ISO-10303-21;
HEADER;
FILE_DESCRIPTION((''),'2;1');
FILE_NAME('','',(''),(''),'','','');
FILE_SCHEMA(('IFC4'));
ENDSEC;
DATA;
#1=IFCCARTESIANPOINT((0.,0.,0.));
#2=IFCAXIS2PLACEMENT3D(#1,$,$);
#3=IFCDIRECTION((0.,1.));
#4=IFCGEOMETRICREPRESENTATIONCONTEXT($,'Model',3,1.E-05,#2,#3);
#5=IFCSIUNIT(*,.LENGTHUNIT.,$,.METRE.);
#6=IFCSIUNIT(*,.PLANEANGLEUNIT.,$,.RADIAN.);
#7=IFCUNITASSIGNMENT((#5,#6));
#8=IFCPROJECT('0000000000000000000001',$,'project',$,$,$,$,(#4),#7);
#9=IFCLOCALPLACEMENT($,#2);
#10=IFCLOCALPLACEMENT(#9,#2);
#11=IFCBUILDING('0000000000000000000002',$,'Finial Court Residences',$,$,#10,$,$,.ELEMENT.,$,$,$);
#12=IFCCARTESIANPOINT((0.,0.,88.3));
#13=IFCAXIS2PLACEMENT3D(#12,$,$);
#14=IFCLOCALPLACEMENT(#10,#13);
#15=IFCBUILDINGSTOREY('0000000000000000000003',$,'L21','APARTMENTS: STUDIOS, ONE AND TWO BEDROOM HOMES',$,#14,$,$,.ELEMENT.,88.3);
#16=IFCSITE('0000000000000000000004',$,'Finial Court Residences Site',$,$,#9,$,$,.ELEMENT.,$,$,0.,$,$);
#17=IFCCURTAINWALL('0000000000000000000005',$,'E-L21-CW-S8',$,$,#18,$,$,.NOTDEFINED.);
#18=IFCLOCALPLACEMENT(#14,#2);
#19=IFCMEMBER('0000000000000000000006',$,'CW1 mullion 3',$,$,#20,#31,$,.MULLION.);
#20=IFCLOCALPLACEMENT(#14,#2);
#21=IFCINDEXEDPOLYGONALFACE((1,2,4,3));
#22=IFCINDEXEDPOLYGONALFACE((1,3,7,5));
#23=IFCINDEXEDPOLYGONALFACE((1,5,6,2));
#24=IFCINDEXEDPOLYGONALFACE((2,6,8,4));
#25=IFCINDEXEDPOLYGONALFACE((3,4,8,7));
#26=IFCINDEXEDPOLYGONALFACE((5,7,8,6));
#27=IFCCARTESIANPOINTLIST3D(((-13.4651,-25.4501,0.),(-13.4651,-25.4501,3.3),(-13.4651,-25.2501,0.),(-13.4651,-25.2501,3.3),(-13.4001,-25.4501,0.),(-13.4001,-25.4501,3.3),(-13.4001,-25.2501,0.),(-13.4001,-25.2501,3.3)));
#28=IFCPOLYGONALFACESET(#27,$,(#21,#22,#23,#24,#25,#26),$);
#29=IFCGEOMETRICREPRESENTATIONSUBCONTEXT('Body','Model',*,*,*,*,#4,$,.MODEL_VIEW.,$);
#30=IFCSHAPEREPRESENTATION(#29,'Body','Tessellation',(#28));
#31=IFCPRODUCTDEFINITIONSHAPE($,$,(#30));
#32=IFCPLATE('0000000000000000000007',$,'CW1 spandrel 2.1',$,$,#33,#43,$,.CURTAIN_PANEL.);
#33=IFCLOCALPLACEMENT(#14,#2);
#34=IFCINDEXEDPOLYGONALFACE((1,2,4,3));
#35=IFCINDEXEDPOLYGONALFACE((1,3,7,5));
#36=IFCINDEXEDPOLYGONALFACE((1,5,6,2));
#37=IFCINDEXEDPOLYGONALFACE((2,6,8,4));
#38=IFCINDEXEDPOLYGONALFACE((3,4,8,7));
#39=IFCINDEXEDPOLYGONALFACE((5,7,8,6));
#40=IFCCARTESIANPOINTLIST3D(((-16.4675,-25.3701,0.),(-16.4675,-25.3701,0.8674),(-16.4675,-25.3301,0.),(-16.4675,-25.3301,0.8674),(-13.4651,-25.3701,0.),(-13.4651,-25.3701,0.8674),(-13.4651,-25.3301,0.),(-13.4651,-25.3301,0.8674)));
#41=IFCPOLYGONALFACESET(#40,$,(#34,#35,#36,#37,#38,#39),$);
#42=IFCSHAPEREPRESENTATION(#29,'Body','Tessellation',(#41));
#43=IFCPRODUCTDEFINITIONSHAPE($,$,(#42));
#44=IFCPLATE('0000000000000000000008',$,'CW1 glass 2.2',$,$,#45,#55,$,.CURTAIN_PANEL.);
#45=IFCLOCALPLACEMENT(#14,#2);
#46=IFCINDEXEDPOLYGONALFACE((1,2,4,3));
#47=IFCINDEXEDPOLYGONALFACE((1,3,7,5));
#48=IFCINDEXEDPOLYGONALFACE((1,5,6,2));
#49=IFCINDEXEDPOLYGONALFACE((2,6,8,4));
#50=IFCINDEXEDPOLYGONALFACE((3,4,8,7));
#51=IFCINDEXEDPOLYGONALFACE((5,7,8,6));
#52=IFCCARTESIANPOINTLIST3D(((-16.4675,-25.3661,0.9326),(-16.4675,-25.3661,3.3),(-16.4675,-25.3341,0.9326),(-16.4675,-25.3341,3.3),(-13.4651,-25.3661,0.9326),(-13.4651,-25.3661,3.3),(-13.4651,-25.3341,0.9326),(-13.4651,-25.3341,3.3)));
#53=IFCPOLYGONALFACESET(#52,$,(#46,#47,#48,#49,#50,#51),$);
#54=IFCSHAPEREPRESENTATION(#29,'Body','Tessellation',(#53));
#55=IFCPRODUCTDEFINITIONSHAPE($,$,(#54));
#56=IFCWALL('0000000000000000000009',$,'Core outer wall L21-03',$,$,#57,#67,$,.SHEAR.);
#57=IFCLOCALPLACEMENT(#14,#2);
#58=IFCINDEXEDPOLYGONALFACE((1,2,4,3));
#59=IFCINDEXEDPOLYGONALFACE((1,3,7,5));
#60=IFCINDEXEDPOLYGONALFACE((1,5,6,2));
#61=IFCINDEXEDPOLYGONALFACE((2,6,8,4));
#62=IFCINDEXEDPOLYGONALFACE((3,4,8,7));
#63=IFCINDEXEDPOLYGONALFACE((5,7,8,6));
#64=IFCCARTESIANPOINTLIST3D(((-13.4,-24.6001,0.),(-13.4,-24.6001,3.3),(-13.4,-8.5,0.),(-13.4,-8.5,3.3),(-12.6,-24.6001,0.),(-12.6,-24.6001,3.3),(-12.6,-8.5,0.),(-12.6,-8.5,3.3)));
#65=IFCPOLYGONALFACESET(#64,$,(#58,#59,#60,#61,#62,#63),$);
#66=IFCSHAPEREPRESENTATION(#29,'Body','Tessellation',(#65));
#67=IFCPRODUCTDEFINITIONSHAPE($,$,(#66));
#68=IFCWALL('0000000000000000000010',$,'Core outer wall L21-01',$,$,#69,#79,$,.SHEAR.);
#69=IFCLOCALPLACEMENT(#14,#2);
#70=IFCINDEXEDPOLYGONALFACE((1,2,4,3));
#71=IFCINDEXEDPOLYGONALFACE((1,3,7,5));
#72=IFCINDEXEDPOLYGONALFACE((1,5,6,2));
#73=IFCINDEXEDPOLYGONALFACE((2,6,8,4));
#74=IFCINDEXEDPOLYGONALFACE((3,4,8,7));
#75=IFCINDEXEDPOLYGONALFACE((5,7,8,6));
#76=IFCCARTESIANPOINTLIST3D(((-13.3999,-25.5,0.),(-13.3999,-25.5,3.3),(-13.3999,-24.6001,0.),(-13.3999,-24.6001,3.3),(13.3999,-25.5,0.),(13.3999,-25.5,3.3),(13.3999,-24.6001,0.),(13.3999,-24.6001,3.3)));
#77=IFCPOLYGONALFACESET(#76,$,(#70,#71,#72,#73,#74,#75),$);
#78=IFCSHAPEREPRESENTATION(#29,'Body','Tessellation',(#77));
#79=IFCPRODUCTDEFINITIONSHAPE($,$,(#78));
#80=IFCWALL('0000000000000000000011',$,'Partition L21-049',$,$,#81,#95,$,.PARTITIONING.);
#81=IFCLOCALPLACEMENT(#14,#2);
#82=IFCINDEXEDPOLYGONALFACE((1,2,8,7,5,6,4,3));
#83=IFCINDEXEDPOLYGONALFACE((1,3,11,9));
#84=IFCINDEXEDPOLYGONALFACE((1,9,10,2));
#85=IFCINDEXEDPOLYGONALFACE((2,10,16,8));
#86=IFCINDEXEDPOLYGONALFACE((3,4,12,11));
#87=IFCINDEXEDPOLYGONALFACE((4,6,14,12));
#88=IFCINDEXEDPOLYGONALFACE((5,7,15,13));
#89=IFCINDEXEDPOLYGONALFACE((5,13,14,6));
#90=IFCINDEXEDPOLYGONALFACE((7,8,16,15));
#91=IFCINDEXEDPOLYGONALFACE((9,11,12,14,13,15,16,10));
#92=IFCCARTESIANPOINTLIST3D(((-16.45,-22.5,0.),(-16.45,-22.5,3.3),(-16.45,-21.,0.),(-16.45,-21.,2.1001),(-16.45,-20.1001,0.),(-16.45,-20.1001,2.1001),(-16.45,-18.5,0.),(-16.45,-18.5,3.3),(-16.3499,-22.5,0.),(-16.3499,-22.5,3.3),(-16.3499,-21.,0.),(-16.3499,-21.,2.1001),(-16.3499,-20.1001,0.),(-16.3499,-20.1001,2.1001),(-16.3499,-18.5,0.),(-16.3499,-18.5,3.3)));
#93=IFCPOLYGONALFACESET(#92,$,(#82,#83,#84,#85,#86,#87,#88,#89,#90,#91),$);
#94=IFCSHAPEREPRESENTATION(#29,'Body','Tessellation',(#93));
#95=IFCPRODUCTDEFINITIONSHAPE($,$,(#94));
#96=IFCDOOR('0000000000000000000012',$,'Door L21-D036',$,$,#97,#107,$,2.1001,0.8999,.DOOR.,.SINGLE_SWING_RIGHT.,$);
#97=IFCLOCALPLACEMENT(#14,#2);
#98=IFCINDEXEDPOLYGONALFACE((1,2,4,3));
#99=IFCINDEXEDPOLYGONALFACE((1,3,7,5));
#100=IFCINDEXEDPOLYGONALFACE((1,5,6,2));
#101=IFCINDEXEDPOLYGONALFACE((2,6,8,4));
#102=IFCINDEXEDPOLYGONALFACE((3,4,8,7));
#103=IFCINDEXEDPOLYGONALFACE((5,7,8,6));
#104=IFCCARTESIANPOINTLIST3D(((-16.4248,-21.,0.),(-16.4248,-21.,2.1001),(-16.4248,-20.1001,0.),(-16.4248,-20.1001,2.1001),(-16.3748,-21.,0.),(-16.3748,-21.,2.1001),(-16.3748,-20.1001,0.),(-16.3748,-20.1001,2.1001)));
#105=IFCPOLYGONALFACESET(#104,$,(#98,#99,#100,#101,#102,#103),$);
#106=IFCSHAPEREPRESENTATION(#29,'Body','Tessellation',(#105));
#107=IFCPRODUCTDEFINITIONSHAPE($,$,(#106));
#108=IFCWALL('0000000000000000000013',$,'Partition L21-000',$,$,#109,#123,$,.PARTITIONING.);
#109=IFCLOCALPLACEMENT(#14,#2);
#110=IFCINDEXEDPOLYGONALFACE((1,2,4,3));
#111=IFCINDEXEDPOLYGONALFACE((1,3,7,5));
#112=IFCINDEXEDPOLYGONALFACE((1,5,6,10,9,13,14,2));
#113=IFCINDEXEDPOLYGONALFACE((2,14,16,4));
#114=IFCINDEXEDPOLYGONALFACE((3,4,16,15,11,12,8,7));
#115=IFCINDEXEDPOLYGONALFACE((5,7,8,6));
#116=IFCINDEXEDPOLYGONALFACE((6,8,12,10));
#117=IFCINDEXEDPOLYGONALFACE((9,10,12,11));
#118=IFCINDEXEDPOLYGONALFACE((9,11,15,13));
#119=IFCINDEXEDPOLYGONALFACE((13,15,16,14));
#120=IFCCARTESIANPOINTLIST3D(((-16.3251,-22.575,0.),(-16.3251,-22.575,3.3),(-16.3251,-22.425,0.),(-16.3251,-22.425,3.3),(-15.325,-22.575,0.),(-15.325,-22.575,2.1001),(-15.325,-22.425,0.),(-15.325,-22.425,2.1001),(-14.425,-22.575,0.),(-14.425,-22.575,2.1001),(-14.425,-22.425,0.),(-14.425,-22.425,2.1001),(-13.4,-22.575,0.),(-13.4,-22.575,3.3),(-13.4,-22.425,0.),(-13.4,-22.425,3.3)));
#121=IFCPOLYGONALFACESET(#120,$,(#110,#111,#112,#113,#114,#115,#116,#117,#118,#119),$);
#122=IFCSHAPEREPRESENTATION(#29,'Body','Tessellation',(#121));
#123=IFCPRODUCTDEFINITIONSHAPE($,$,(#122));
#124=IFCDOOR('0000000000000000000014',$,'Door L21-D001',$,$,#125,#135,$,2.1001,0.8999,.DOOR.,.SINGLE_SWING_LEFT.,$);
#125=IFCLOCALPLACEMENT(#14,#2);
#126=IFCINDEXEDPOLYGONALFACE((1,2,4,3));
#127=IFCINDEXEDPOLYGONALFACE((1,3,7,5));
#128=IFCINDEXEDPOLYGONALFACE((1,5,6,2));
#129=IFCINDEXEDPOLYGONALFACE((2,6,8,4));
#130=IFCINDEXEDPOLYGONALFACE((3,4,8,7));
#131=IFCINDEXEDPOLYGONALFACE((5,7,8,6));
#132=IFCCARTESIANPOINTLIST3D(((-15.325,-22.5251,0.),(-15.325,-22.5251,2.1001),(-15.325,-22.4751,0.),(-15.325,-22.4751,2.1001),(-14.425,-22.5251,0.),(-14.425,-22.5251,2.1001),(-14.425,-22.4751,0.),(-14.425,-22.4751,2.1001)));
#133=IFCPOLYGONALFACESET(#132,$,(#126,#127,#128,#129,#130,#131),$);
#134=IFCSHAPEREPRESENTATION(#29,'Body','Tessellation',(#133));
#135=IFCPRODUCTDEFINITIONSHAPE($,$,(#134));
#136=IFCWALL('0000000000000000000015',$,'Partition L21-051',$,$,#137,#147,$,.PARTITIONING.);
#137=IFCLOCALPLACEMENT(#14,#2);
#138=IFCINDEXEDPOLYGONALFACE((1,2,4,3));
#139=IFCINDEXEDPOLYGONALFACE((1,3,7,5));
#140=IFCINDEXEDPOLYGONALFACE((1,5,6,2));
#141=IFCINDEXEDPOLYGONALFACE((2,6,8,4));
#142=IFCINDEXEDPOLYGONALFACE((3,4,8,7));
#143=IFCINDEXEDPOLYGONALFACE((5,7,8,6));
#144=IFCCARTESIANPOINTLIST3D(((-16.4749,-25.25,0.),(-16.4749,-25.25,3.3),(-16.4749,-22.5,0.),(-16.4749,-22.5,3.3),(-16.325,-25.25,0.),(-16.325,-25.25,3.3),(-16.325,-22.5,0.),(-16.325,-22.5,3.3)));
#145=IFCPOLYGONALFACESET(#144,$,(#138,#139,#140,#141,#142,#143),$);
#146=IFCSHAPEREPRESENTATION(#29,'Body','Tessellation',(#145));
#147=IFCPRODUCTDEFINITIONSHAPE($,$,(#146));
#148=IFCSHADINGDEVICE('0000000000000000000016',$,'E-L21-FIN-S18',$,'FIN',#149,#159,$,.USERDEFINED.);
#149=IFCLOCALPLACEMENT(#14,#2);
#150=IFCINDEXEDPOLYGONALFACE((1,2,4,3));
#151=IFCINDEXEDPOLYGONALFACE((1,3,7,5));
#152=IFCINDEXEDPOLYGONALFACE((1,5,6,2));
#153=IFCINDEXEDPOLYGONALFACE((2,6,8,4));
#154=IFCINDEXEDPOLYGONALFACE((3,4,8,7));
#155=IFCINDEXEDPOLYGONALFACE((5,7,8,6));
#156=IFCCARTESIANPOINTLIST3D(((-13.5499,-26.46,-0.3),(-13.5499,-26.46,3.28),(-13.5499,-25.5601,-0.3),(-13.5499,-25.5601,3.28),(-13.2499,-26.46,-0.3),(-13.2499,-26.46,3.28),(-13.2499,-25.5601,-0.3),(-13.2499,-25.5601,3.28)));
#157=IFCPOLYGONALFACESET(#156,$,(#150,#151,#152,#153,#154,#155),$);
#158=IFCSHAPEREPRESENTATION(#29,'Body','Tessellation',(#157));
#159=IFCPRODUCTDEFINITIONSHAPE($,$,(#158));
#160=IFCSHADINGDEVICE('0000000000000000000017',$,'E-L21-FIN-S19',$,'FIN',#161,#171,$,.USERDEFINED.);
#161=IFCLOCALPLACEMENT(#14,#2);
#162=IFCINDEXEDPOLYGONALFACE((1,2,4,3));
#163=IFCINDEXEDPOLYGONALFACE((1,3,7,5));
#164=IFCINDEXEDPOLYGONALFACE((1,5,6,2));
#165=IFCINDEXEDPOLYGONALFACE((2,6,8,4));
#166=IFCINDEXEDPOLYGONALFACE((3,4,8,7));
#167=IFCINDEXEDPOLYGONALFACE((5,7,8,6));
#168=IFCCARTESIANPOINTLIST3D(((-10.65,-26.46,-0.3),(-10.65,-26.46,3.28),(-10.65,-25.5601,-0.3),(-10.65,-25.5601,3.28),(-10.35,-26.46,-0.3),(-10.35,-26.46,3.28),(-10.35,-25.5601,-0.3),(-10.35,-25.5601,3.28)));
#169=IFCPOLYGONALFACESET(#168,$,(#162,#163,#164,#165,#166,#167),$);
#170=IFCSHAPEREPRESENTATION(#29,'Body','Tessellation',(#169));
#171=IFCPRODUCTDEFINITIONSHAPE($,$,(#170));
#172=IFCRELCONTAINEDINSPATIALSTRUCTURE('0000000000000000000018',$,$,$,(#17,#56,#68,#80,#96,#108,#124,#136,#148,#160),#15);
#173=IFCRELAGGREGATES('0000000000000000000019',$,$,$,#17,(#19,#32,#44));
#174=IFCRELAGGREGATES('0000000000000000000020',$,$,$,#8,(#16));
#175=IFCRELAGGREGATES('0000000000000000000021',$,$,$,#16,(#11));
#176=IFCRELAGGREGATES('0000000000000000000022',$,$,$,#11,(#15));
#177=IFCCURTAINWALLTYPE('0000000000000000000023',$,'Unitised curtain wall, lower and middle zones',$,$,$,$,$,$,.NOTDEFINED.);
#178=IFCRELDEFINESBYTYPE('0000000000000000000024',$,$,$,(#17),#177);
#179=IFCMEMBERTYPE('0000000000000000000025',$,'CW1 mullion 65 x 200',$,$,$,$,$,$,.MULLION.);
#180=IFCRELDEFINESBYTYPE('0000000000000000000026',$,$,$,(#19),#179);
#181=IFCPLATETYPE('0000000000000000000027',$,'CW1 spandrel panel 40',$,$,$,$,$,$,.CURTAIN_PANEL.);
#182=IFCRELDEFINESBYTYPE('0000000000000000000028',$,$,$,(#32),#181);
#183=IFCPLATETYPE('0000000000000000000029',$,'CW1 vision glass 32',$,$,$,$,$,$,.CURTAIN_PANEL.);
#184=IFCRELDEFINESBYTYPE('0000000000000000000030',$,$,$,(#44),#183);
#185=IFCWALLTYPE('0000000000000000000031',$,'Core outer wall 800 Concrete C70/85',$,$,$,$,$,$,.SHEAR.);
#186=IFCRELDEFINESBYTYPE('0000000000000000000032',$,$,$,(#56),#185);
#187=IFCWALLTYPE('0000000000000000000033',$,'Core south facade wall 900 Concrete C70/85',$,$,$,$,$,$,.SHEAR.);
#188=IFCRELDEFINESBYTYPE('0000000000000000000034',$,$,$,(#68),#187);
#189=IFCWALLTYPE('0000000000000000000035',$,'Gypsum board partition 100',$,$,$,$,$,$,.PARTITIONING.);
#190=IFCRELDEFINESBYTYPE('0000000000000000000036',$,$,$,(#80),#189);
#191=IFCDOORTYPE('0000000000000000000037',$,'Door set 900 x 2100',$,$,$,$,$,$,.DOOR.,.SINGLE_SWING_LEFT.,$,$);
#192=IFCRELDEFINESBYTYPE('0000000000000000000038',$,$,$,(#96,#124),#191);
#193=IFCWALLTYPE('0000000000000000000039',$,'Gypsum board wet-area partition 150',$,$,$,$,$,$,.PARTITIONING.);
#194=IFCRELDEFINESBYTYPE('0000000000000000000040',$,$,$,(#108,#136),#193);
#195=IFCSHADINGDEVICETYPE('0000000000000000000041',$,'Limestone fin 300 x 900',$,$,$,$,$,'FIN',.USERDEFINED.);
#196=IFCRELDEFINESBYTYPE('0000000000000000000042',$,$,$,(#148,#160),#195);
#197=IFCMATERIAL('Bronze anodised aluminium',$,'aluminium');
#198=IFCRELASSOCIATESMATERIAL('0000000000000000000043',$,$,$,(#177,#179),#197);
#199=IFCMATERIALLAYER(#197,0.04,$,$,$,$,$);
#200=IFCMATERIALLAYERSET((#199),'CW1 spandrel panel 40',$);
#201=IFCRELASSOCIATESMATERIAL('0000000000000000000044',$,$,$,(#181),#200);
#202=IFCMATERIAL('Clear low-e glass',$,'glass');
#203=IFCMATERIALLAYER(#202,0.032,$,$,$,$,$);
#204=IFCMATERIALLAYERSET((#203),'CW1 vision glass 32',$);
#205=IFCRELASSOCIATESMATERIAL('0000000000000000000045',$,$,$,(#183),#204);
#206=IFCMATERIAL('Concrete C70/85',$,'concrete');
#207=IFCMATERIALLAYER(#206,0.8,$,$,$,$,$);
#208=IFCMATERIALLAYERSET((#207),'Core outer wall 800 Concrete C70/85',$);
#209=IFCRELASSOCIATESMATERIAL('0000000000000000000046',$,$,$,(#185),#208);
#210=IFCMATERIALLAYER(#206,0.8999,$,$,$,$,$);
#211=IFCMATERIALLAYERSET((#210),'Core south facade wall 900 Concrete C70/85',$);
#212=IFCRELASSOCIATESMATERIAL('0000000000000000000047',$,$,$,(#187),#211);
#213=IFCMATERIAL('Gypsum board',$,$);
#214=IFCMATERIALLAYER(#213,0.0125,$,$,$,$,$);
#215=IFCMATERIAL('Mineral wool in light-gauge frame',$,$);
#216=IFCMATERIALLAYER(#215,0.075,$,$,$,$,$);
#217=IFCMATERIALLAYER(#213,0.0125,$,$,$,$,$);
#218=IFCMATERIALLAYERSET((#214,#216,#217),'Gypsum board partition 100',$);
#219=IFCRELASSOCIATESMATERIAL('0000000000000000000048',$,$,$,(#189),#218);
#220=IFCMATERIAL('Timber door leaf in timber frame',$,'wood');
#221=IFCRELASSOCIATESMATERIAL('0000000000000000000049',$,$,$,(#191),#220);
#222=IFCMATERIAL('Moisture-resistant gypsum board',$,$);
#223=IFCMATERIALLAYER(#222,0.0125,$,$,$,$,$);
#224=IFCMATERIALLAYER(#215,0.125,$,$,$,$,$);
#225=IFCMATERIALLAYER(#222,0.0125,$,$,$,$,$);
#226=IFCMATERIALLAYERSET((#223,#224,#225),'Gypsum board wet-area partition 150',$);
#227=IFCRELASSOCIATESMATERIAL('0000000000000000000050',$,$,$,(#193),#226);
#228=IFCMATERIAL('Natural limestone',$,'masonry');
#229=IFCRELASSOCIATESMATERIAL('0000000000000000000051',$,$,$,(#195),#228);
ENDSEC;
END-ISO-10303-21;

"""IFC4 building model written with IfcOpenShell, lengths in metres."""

from ifc_helpers import new_model, si_unit, direction, frame, frame_2d, origin, origin_2d, place, context, subcontext, project, spatial, rectangle, extrude, material, layer, layer_set, material_profile, profile_set, type_object, element, fill, aggregate, save


model = new_model("IFC4")

# Units and contexts
model_context = context("Model", 3, precision=1e-05, world=origin(), true_north=direction((0.0, 1.0)))
body_context = subcontext(model_context, "Body", "Model", "MODEL_VIEW")
ifc_project = project(units=[si_unit("LENGTHUNIT", "METRE"), si_unit("PLANEANGLEUNIT", "RADIAN")], contexts=[model_context])

# Site, building, storey
site_placement = place(None, origin())
site = spatial("IfcSite", under=ifc_project, at=site_placement, Name="Finial Court Residences Site", CompositionType="ELEMENT", RefElevation=0.0)
building_placement = place(site_placement, origin())
building = spatial("IfcBuilding", under=site, at=building_placement, Name="Finial Court Residences", CompositionType="ELEMENT")
storey_placement = place(building_placement, frame((0.0, 0.0, 88.3)))
storey = spatial("IfcBuildingStorey", under=building, at=storey_placement, Name="L21", Description="APARTMENTS: STUDIOS, ONE AND TWO BEDROOM HOMES", CompositionType="ELEMENT", Elevation=88.3)

# Curtain wall, member, plates
ifc_material_1 = material(Name="Bronze anodised aluminium", Category="aluminium")
curtain_wall_type = type_object("IfcCurtainWallType", Name="Unitised curtain wall, lower and middle zones", PredefinedType="NOTDEFINED", material=ifc_material_1)
curtain_wall_placement = place(storey_placement, origin())
curtain_wall = element("IfcCurtainWall", 1, at=curtain_wall_placement, inside=storey, type_object=curtain_wall_type, Name="E-L21-CW-S8", PredefinedType="NOTDEFINED")
ifc_material_profile = material_profile(ifc_material_1, rectangle(XDim=0.2, YDim=0.0649, at=origin_2d()), Name="CW1 mullion 65 x 200")
ifc_profile_set = profile_set([ifc_material_profile], Name="Bronze anodised aluminium")
member_type = type_object("IfcMemberType", Name="CW1 mullion 65 x 200", PredefinedType="MULLION", material=ifc_profile_set)
member_placement = place(storey_placement, frame((-13.4326, -25.3501, 0.0), z_axis=(0.0, 0.0, 1.0), x_axis=(0.0, 1.0, 0.0)))
member = element("IfcMember", 2, at=member_placement, type_object=member_type, Name="CW1 mullion 3", PredefinedType="MULLION", context=body_context, shape_type="SweptSolid", body=[
    extrude(rectangle(XDim=0.2, YDim=0.0649, at=origin_2d()), origin(), (0.0, 0.0, 1.0), 3.3),
])
ifc_layer_1 = layer(ifc_material_1, 0.04)
ifc_layer_set_1 = layer_set([ifc_layer_1], Name="CW1 spandrel panel 40")
plate_type_1 = type_object("IfcPlateType", Name="CW1 spandrel panel 40", PredefinedType="CURTAIN_PANEL", material=ifc_layer_set_1)
plate_1_placement = place(storey_placement, frame((-14.9663, -25.3501, 0.0), z_axis=(0.0, 0.0, 1.0), x_axis=(1.0, 0.0, 0.0)))
plate_1 = element("IfcPlate", 3, at=plate_1_placement, type_object=plate_type_1, Name="CW1 spandrel 2.1", PredefinedType="CURTAIN_PANEL", context=body_context, shape_type="SweptSolid", body=[
    extrude(rectangle(XDim=3.0024, YDim=0.04, at=origin_2d()), origin(), (0.0, 0.0, 1.0), 0.8674),
])
ifc_material_2 = material(Name="Clear low-e glass", Category="glass")
ifc_layer_2 = layer(ifc_material_2, 0.032)
ifc_layer_set_2 = layer_set([ifc_layer_2], Name="CW1 vision glass 32")
plate_type_2 = type_object("IfcPlateType", Name="CW1 vision glass 32", PredefinedType="CURTAIN_PANEL", material=ifc_layer_set_2)
plate_2_placement = place(storey_placement, frame((-14.9663, -25.3501, 0.9326), z_axis=(0.0, 0.0, 1.0), x_axis=(1.0, 0.0, 0.0)))
plate_2 = element("IfcPlate", 4, at=plate_2_placement, type_object=plate_type_2, Name="CW1 glass 2.2", PredefinedType="CURTAIN_PANEL", context=body_context, shape_type="SweptSolid", body=[
    extrude(rectangle(XDim=3.0024, YDim=0.032, at=origin_2d()), origin(), (0.0, 0.0, 1.0), 2.3674),
])
aggregate(curtain_wall, [member, plate_1, plate_2])

# Walls
ifc_material_3 = material(Name="Concrete C70/85", Category="concrete")
ifc_layer_3 = layer(ifc_material_3, 0.8)
ifc_layer_set_3 = layer_set([ifc_layer_3], Name="Core outer wall 800 Concrete C70/85")
wall_type_1 = type_object("IfcWallType", Name="Core outer wall 800 Concrete C70/85", PredefinedType="SHEAR", material=ifc_layer_set_3)
wall_1_placement = place(storey_placement, frame((-13.0, -24.6001, 0.0), z_axis=(0.0, 0.0, 1.0), x_axis=(0.0, 1.0, 0.0)))
element("IfcWall", 5, at=wall_1_placement, inside=storey, type_object=wall_type_1, Name="Core outer wall L21-03", PredefinedType="SHEAR", context=body_context, shape_type="SweptSolid", body=[
    extrude(rectangle(XDim=16.1001, YDim=0.8, at=frame_2d((8.05, 0.0))), origin(), (0.0, 0.0, 1.0), 3.3),
])
ifc_layer_4 = layer(ifc_material_3, 0.8999)
ifc_layer_set_4 = layer_set([ifc_layer_4], Name="Core south facade wall 900 Concrete C70/85")
wall_type_2 = type_object("IfcWallType", Name="Core south facade wall 900 Concrete C70/85", PredefinedType="SHEAR", material=ifc_layer_set_4)
wall_2_placement = place(storey_placement, frame((-13.3999, -25.05, 0.0), z_axis=(0.0, 0.0, 1.0), x_axis=(1.0, 0.0, 0.0)))
element("IfcWall", 6, at=wall_2_placement, inside=storey, type_object=wall_type_2, Name="Core outer wall L21-01", PredefinedType="SHEAR", context=body_context, shape_type="SweptSolid", body=[
    extrude(rectangle(XDim=26.7998, YDim=0.8999, at=frame_2d((13.3999, 0.0))), origin(), (0.0, 0.0, 1.0), 3.3),
])

# Walls, openings, doors
ifc_material_4 = material(Name="Gypsum board")
ifc_layer_5 = layer(ifc_material_4, 0.0125)
ifc_material_5 = material(Name="Mineral wool in light-gauge frame")
ifc_layer_6 = layer(ifc_material_5, 0.075)
ifc_layer_7 = layer(ifc_material_4, 0.0125)
ifc_layer_set_5 = layer_set([ifc_layer_5, ifc_layer_6, ifc_layer_7], Name="Gypsum board partition 100")
wall_type_3 = type_object("IfcWallType", Name="Gypsum board partition 100", PredefinedType="PARTITIONING", material=ifc_layer_set_5)
wall_3_placement = place(storey_placement, frame((-16.3999, -22.5, 0.0), z_axis=(0.0, 0.0, 1.0), x_axis=(0.0, 1.0, 0.0)))
wall_3 = element("IfcWall", 7, at=wall_3_placement, inside=storey, type_object=wall_type_3, Name="Partition L21-049", PredefinedType="PARTITIONING", context=body_context, shape_type="SweptSolid", body=[
    extrude(rectangle(XDim=4.0, YDim=0.1001, at=frame_2d((2.0, 0.0))), origin(), (0.0, 0.0, 1.0), 3.3),
])
opening_1_placement = place(wall_3_placement, frame((1.5, 0.0, 0.0)))
opening_1 = element("IfcOpeningElement", 8, at=opening_1_placement, cuts=wall_3, PredefinedType="OPENING", context=body_context, shape_type="SweptSolid", body=[
    extrude(rectangle(XDim=0.8999, YDim=2.1001, at=frame_2d((0.45, 1.05))), frame((0.0, 0.0601, 0.0), z_axis=(0.0, -1.0, 0.0), x_axis=(1.0, 0.0, 0.0)), (0.0, 0.0, 1.0), 0.1201),
])
ifc_material_6 = material(Name="Timber door leaf in timber frame", Category="wood")
door_type = type_object("IfcDoorType", Name="Door set 900 x 2100", OperationType="SINGLE_SWING_LEFT", PredefinedType="DOOR", material=ifc_material_6)
door_1_placement = place(opening_1_placement, origin())
door_1 = element("IfcDoor", 9, at=door_1_placement, inside=storey, type_object=door_type, Name="Door L21-D036", OperationType="SINGLE_SWING_RIGHT", OverallHeight=2.1001, OverallWidth=0.8999, PredefinedType="DOOR", context=body_context, shape_type="SweptSolid", body=[
    extrude(rectangle(XDim=0.8999, YDim=2.1001, at=frame_2d((0.45, 1.05))), frame((0.0, 0.0249, 0.0), z_axis=(0.0, -1.0, 0.0), x_axis=(1.0, 0.0, 0.0)), (0.0, 0.0, 1.0), 0.05),
])
fill(opening_1, door_1)
ifc_material_7 = material(Name="Moisture-resistant gypsum board")
ifc_layer_8 = layer(ifc_material_7, 0.0125)
ifc_layer_9 = layer(ifc_material_5, 0.125)
ifc_layer_10 = layer(ifc_material_7, 0.0125)
ifc_layer_set_6 = layer_set([ifc_layer_8, ifc_layer_9, ifc_layer_10], Name="Gypsum board wet-area partition 150")
wall_type_4 = type_object("IfcWallType", Name="Gypsum board wet-area partition 150", PredefinedType="PARTITIONING", material=ifc_layer_set_6)
wall_4_placement = place(storey_placement, frame((-16.325, -22.5, 0.0), z_axis=(0.0, 0.0, 1.0), x_axis=(1.0, 0.0, 0.0)))
wall_4 = element("IfcWall", 10, at=wall_4_placement, inside=storey, type_object=wall_type_4, Name="Partition L21-000", PredefinedType="PARTITIONING", context=body_context, shape_type="SweptSolid", body=[
    extrude(rectangle(XDim=2.925, YDim=0.1499, at=frame_2d((1.4624, 0.0))), origin(), (0.0, 0.0, 1.0), 3.3),
])
opening_2_placement = place(wall_4_placement, frame((1.0, 0.0, 0.0)))
opening_2 = element("IfcOpeningElement", 11, at=opening_2_placement, cuts=wall_4, PredefinedType="OPENING", context=body_context, shape_type="SweptSolid", body=[
    extrude(rectangle(XDim=0.8999, YDim=2.1001, at=frame_2d((0.45, 1.05))), frame((0.0, 0.085, 0.0), z_axis=(0.0, -1.0, 0.0), x_axis=(1.0, 0.0, 0.0)), (0.0, 0.0, 1.0), 0.1699),
])
door_2_placement = place(opening_2_placement, origin())
door_2 = element("IfcDoor", 12, at=door_2_placement, inside=storey, type_object=door_type, Name="Door L21-D001", OperationType="SINGLE_SWING_LEFT", OverallHeight=2.1001, OverallWidth=0.8999, PredefinedType="DOOR", context=body_context, shape_type="SweptSolid", body=[
    extrude(rectangle(XDim=0.8999, YDim=2.1001, at=frame_2d((0.45, 1.05))), frame((0.0, 0.0249, 0.0), z_axis=(0.0, -1.0, 0.0), x_axis=(1.0, 0.0, 0.0)), (0.0, 0.0, 1.0), 0.05),
])
fill(opening_2, door_2)

# Wall
wall_5_placement = place(storey_placement, frame((-16.3999, -25.25, 0.0), z_axis=(0.0, 0.0, 1.0), x_axis=(0.0, 1.0, 0.0)))
element("IfcWall", 13, at=wall_5_placement, inside=storey, type_object=wall_type_4, Name="Partition L21-051", PredefinedType="PARTITIONING", context=body_context, shape_type="SweptSolid", body=[
    extrude(rectangle(XDim=2.75, YDim=0.1499, at=frame_2d((1.375, 0.0))), origin(), (0.0, 0.0, 1.0), 3.3),
])

# Shading devices
ifc_material_8 = material(Name="Natural limestone", Category="masonry")
shading_device_type = type_object("IfcShadingDeviceType", Name="Limestone fin 300 x 900", ElementType="FIN", PredefinedType="USERDEFINED", material=ifc_material_8)
for number, where, z_axis, x_axis, name in (
    (14, (-13.3999, -26.01, -0.3), (0.0, 0.0, 1.0), (1.0, 0.0, 0.0), "E-L21-FIN-S18"),
    (15, (-10.5, -26.01, -0.3), (0.0, 0.0, 1.0), (1.0, 0.0, 0.0), "E-L21-FIN-S19"),
):
    element("IfcShadingDevice", number, at=place(storey_placement, frame(where, z_axis=z_axis, x_axis=x_axis)), inside=storey, type_object=shading_device_type, Name=name, ObjectType="FIN", PredefinedType="USERDEFINED", context=body_context, shape_type="SweptSolid", body=[
        extrude(rectangle(XDim=0.3, YDim=0.8999, at=origin_2d()), origin(), (0.0, 0.0, 1.0), 3.5801),
    ])

save(model, "model.ifc")
